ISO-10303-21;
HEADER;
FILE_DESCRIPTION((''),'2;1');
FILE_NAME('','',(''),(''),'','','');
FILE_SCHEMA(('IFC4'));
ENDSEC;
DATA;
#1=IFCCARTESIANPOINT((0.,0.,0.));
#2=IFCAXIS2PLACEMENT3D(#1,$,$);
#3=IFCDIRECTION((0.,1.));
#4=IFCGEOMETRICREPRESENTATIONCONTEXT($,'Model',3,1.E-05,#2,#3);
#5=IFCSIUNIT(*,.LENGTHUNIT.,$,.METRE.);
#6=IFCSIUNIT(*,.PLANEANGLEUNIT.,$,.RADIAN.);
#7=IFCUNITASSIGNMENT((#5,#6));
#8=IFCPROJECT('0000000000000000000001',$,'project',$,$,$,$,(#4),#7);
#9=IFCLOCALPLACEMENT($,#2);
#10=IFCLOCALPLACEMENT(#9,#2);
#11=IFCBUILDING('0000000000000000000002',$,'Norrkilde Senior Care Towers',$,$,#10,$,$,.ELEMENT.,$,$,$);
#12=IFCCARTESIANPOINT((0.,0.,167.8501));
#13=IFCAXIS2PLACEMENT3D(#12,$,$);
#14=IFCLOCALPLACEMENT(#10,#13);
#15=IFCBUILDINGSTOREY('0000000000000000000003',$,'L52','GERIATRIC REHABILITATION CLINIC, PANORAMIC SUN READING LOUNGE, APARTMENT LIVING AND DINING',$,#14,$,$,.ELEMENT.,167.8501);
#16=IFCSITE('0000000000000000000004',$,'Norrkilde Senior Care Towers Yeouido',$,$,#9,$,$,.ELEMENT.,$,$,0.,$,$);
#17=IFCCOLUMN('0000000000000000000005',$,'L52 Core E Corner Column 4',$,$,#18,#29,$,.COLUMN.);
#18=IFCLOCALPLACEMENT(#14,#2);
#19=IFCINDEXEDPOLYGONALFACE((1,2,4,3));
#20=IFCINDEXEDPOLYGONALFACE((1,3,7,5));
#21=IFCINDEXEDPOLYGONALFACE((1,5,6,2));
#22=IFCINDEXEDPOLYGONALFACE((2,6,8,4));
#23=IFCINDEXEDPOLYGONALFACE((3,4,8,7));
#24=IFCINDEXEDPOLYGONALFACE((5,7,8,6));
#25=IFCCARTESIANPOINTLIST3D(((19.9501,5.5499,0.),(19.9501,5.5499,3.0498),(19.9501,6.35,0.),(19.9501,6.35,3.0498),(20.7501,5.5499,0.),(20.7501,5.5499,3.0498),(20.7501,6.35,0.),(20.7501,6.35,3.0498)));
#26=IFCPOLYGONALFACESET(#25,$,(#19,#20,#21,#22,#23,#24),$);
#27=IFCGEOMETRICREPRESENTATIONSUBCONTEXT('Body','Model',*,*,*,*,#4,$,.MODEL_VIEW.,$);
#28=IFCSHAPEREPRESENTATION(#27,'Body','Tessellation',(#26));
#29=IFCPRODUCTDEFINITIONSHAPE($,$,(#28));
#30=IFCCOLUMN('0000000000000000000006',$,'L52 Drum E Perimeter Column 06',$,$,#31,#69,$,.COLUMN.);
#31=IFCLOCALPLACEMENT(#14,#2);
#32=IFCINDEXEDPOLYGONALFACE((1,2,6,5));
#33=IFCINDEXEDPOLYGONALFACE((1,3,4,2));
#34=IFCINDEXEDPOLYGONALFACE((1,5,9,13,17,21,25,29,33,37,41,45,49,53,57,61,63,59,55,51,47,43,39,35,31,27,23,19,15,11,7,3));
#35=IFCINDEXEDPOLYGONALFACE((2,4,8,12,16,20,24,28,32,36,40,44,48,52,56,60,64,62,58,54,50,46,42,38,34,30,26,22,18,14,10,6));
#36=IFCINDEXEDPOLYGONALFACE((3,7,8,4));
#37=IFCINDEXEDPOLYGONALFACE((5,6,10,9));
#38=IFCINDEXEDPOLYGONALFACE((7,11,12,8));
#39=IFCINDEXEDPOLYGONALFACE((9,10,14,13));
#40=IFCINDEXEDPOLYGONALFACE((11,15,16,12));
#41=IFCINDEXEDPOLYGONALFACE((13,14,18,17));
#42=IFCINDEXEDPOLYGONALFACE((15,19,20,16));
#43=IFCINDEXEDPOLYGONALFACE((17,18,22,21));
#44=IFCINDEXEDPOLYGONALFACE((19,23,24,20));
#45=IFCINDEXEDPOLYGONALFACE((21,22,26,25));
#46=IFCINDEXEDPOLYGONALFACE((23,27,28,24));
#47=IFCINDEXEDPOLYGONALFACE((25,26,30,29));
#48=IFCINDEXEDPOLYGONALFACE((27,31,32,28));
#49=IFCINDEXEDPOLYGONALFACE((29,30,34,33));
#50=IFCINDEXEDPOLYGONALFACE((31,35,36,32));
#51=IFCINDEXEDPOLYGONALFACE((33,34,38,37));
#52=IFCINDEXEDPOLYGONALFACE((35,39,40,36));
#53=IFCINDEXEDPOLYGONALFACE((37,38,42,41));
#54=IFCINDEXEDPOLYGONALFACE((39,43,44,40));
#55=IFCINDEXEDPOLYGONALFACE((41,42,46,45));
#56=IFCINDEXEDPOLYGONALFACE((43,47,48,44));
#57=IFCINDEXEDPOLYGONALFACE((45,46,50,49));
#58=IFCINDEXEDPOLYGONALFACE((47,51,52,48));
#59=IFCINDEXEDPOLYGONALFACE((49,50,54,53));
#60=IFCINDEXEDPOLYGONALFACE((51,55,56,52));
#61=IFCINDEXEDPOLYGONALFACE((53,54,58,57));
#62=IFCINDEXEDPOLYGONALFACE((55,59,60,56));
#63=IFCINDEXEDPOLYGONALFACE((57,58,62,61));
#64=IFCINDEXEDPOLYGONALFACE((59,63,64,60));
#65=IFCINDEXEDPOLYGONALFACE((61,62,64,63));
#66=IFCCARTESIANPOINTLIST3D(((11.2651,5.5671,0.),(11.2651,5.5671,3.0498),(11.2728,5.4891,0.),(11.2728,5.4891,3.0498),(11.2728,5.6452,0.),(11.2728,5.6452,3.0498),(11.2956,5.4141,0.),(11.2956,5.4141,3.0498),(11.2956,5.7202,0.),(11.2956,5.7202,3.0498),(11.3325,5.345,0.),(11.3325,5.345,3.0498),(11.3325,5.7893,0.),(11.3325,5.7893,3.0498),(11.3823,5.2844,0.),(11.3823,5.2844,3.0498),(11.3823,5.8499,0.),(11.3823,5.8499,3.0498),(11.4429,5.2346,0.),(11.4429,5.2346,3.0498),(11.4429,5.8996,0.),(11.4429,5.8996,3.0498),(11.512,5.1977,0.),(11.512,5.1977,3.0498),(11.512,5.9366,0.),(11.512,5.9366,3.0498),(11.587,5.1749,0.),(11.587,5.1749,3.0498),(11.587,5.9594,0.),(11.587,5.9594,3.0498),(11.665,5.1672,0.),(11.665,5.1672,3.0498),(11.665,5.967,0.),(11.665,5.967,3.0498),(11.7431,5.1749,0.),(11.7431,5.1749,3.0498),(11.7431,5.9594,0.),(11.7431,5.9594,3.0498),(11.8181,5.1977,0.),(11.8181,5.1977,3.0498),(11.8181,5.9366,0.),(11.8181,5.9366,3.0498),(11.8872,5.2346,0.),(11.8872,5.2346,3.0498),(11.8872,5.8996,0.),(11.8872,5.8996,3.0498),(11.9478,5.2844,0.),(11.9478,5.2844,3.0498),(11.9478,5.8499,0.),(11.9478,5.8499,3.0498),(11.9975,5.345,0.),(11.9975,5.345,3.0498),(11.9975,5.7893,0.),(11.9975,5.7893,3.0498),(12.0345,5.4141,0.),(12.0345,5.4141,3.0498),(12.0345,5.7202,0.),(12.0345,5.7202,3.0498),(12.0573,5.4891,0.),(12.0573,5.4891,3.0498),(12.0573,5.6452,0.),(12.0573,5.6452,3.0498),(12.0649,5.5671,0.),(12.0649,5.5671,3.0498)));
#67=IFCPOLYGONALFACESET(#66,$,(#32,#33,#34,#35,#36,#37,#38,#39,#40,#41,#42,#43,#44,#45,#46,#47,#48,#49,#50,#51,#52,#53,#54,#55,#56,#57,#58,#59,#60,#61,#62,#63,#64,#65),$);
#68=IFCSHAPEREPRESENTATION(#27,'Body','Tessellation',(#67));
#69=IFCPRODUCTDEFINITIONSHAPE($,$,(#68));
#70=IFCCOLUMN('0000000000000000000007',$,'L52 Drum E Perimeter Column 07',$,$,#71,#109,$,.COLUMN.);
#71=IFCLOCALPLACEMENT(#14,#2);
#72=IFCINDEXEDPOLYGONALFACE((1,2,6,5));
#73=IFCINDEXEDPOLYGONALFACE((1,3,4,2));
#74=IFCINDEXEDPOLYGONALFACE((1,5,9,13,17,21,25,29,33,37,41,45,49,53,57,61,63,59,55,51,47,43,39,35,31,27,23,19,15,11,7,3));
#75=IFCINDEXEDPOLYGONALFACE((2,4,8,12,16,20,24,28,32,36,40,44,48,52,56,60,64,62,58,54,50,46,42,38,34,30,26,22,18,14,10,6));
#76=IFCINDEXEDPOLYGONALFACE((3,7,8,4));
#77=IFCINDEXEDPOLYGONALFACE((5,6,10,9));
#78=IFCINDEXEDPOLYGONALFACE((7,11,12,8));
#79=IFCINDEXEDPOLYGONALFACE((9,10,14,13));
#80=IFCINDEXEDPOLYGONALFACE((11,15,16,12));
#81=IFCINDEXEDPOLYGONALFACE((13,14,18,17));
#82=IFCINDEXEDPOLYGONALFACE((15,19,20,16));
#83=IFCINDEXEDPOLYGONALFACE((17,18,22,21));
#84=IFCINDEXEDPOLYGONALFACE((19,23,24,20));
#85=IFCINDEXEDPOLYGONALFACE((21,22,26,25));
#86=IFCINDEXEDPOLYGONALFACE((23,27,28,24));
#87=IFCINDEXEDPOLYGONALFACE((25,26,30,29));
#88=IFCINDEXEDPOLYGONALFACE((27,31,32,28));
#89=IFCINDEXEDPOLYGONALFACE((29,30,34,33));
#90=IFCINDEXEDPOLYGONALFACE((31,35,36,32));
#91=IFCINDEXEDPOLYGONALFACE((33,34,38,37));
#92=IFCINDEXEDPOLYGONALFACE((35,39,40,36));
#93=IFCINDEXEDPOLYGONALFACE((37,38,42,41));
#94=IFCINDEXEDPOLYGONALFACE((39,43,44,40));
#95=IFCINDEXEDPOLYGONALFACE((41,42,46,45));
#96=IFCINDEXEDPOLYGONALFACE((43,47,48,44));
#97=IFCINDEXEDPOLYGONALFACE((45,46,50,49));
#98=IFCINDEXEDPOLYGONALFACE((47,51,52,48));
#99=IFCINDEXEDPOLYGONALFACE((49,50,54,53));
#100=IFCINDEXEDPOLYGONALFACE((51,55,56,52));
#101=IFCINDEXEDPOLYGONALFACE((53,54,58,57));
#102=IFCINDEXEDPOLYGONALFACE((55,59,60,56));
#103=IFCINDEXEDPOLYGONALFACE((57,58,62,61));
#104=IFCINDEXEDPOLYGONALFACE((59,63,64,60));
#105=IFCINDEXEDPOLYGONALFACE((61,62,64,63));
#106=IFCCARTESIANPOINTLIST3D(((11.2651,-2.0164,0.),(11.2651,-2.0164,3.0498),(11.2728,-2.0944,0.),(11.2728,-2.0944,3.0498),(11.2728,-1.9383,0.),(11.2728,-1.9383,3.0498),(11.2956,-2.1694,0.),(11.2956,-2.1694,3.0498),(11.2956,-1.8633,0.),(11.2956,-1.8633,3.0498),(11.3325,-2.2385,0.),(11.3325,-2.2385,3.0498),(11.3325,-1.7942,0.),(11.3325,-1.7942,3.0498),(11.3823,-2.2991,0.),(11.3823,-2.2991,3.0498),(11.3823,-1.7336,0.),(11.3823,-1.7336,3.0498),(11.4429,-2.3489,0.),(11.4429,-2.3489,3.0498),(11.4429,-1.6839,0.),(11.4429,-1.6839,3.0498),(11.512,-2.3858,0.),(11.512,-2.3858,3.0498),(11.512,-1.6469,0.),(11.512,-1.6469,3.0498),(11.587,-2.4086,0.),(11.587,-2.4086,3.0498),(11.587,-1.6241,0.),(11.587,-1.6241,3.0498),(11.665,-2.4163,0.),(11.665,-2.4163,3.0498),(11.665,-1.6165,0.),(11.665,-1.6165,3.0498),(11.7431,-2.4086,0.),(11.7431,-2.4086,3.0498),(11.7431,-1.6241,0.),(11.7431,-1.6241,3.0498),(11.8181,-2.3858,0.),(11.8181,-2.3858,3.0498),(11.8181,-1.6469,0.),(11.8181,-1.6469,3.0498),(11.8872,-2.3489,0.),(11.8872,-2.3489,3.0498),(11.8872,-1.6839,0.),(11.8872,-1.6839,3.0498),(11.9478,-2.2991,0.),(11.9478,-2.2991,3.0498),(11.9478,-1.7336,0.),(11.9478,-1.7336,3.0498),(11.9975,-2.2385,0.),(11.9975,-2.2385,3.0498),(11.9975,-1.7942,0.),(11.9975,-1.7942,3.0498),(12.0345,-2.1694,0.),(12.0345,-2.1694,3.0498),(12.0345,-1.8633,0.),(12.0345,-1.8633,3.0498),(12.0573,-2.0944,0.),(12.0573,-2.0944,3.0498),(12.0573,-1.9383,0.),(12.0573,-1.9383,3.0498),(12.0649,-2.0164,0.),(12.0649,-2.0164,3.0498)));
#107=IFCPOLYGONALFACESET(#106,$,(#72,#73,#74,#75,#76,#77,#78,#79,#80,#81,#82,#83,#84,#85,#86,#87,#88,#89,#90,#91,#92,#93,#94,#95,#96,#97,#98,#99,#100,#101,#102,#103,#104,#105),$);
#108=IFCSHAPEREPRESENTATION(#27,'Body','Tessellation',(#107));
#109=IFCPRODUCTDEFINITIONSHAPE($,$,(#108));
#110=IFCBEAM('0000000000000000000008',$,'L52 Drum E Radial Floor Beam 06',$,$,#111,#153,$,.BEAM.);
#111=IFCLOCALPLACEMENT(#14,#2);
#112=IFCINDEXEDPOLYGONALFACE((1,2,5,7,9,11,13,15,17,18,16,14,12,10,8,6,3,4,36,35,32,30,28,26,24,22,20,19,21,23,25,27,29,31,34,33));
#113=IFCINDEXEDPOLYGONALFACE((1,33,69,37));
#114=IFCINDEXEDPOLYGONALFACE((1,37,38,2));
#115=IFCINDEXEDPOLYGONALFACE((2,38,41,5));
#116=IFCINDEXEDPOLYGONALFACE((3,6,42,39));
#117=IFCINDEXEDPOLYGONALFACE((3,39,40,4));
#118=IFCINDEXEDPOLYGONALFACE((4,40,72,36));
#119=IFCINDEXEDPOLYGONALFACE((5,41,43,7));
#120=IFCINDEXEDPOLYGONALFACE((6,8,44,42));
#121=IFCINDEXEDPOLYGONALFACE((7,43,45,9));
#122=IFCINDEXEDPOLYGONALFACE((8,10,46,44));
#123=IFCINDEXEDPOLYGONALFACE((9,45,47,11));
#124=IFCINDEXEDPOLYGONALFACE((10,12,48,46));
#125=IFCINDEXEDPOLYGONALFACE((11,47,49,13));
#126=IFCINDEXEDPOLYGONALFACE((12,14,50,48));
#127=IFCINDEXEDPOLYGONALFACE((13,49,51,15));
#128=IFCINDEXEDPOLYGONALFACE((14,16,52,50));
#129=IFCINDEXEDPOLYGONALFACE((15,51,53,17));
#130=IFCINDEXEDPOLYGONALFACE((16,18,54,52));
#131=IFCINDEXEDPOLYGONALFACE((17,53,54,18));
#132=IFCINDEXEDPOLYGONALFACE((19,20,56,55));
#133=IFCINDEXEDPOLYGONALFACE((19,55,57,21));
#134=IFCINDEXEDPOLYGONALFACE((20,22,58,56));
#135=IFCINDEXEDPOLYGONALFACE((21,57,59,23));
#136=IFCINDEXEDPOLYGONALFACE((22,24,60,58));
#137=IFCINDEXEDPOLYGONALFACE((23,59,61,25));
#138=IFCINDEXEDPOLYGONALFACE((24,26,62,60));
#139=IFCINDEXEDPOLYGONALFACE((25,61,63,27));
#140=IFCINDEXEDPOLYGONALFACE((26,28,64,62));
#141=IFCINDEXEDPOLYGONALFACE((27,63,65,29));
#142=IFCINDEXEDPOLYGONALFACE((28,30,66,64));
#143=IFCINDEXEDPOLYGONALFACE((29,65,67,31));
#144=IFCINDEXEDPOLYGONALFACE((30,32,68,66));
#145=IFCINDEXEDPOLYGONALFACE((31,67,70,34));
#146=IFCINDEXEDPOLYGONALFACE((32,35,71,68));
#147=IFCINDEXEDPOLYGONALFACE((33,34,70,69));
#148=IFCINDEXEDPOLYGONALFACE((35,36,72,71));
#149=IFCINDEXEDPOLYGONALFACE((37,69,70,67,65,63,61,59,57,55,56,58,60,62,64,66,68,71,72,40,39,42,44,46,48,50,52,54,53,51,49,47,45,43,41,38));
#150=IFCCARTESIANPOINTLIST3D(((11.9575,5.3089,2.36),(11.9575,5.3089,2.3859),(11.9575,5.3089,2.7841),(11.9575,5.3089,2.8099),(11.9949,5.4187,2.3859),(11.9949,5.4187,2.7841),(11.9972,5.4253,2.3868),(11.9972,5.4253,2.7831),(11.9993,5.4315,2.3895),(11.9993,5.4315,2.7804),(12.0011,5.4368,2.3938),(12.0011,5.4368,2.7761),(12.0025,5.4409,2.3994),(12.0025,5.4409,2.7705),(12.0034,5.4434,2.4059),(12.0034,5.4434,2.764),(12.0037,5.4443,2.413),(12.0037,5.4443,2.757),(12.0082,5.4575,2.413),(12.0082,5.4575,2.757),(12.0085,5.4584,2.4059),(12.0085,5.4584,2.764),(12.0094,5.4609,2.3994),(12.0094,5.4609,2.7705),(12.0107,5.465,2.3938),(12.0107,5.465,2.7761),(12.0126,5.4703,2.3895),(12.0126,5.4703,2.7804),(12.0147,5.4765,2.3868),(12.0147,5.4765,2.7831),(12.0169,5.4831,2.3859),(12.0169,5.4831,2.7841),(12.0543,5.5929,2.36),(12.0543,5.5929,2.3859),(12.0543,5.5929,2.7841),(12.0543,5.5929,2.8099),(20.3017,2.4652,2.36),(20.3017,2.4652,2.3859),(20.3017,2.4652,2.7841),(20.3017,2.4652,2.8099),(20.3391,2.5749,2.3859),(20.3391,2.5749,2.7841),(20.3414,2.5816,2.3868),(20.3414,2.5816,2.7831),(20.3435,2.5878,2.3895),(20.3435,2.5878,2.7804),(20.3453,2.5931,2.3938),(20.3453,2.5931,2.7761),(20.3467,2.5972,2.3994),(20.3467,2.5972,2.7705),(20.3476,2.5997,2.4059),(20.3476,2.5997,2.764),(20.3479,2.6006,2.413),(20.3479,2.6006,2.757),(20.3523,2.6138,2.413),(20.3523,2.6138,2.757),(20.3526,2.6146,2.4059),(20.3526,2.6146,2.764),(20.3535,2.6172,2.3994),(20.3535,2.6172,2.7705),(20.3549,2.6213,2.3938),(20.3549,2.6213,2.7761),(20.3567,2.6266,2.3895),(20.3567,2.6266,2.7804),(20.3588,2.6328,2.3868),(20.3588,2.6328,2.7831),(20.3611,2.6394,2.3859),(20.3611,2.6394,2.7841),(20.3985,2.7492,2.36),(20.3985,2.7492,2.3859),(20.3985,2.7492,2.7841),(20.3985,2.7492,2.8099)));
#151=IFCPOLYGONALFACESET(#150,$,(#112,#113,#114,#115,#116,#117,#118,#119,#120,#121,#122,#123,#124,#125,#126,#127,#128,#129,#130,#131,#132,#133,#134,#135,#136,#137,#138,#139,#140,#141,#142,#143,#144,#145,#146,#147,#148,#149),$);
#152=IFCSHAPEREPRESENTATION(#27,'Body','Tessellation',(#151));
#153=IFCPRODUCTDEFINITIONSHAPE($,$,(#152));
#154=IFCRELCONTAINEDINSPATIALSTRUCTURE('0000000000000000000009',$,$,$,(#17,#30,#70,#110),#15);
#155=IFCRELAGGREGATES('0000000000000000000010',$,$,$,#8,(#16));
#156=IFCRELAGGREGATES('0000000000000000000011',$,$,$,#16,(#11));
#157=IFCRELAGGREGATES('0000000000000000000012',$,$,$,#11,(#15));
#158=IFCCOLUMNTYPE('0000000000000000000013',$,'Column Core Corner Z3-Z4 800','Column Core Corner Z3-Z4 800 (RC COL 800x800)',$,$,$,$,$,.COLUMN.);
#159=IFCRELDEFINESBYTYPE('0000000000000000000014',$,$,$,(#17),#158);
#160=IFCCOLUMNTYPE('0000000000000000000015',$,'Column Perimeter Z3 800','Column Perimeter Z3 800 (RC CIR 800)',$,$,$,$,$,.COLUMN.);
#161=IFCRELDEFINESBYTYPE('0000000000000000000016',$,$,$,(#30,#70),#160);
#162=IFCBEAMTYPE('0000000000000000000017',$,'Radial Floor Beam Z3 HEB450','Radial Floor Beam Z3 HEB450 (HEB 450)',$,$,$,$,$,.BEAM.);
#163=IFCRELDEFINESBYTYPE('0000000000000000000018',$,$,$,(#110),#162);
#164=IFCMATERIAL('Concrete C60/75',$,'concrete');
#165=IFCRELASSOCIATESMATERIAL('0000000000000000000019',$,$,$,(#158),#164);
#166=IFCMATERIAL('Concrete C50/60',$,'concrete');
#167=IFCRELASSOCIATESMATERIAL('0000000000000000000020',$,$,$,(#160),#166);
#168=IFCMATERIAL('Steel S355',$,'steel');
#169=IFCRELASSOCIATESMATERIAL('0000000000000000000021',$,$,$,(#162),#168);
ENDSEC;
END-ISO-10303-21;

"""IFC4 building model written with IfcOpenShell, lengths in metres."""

from ifc_helpers import new_model, si_unit, direction, frame, origin, origin_2d, place, context, subcontext, project, spatial, rectangle, circle, i_section, extrude, source, transform, mapped, material, material_profile, profile_set, type_object, type_shapes, element, save


model = new_model("IFC4")

# Units and contexts
model_context = context("Model", 3, precision=1e-05, world=origin(), true_north=direction((0.0, 1.0)))
body_context = subcontext(model_context, "Body", "Model", "MODEL_VIEW")
ifc_project = project(units=[si_unit("LENGTHUNIT", "METRE"), si_unit("PLANEANGLEUNIT", "RADIAN")], contexts=[model_context])

# Site, building, storey
site_placement = place(None, origin())
site = spatial("IfcSite", under=ifc_project, at=site_placement, Name="Norrkilde Senior Care Towers Yeouido", CompositionType="ELEMENT", RefElevation=0.0)
building_placement = place(site_placement, origin())
building = spatial("IfcBuilding", under=site, at=building_placement, Name="Norrkilde Senior Care Towers", CompositionType="ELEMENT")
storey_placement = place(building_placement, frame((0.0, 0.0, 167.8501)))
storey = spatial("IfcBuildingStorey", under=building, at=storey_placement, Name="L52", Description="GERIATRIC REHABILITATION CLINIC, PANORAMIC SUN READING LOUNGE, APARTMENT LIVING AND DINING", CompositionType="ELEMENT", Elevation=167.8501)

# Columns
ifc_material_1 = material(Name="Concrete C60/75", Category="concrete")
ifc_material_profile_1 = material_profile(ifc_material_1, rectangle(XDim=0.8, YDim=0.8, at=origin_2d()), Name="RC COL 800x800")
ifc_profile_set_1 = profile_set([ifc_material_profile_1], Name="Concrete C60/75")
column_type_1 = type_object("IfcColumnType", Name="Column Core Corner Z3-Z4 800", Description="Column Core Corner Z3-Z4 800 (RC COL 800x800)", PredefinedType="COLUMN", material=ifc_profile_set_1)
shared_shape_1 = source(origin(), body_context, "Body", "SweptSolid", [
    extrude(rectangle(XDim=0.8, YDim=0.8, at=origin_2d()), origin(), (0.0, 0.0, 1.0), 3.0498),
])
type_shapes(column_type_1, [shared_shape_1])
column_placement = place(storey_placement, frame((20.3501, 5.95, 0.0), z_axis=(0.0, 0.0, 1.0), x_axis=(1.0, 0.0, 0.0)))
element("IfcColumn", 1, at=column_placement, inside=storey, type_object=column_type_1, Name="L52 Core E Corner Column 4", PredefinedType="COLUMN", context=body_context, shape_type="MappedRepresentation", body=[
    mapped(shared_shape_1, transform((0.0, 0.0, 0.0), x_axis=(1.0, 0.0, 0.0), y_axis=(0.0, 1.0, 0.0), z_axis=(0.0, 0.0, 1.0), scale=1.0)),
])
ifc_material_2 = material(Name="Concrete C50/60", Category="concrete")
ifc_material_profile_2 = material_profile(ifc_material_2, circle(Radius=0.3999, at=origin_2d()), Name="RC CIR 800")
ifc_profile_set_2 = profile_set([ifc_material_profile_2], Name="Concrete C50/60")
column_type_2 = type_object("IfcColumnType", Name="Column Perimeter Z3 800", Description="Column Perimeter Z3 800 (RC CIR 800)", PredefinedType="COLUMN", material=ifc_profile_set_2)
shared_shape_2 = source(origin(), body_context, "Body", "SweptSolid", [
    extrude(circle(Radius=0.3999, at=origin_2d()), origin(), (0.0, 0.0, 1.0), 3.0498),
])
type_shapes(column_type_2, [shared_shape_2])
for number, where, z_axis, x_axis, name in (
    (2, (11.665, 5.5671, 0.0), (0.0, 0.0, 1.0), (1.0, 0.0, 0.0), "L52 Drum E Perimeter Column 06"),
    (3, (11.665, -2.0164, 0.0), (0.0, 0.0, 1.0), (1.0, 0.0, 0.0), "L52 Drum E Perimeter Column 07"),
):
    element("IfcColumn", number, at=place(storey_placement, frame(where, z_axis=z_axis, x_axis=x_axis)), inside=storey, type_object=column_type_2, Name=name, PredefinedType="COLUMN", context=body_context, shape_type="MappedRepresentation", body=[
        mapped(shared_shape_2, transform((0.0, 0.0, 0.0), x_axis=(1.0, 0.0, 0.0), y_axis=(0.0, 1.0, 0.0), z_axis=(0.0, 0.0, 1.0), scale=1.0)),
    ])

# Beam
ifc_material_3 = material(Name="Steel S355", Category="steel")
ifc_material_profile_3 = material_profile(ifc_material_3, i_section(OverallWidth=0.3, OverallDepth=0.45, WebThickness=0.0139, FlangeThickness=0.0259, FilletRadius=0.0271, at=origin_2d()), Name="HEB 450")
ifc_profile_set_3 = profile_set([ifc_material_profile_3], Name="Steel S355")
beam_type_1 = type_object("IfcBeamType", Name="Radial Floor Beam Z3 HEB450", Description="Radial Floor Beam Z3 HEB450 (HEB 450)", PredefinedType="BEAM", material=ifc_profile_set_3)
shared_shape_3 = source(origin(), body_context, "Body", "SweptSolid", [
    extrude(i_section(OverallWidth=0.3, OverallDepth=0.45, WebThickness=0.0139, FlangeThickness=0.0259, FilletRadius=0.0271, at=origin_2d()), origin(), (0.0, 0.0, 1.0), 8.8154),
])
beam_1_placement = place(storey_placement, frame((20.3501, 2.6072, 2.585), z_axis=(-0.946541, 0.322585, 0.0), x_axis=(-0.322585, -0.946541, 0.0)))
element("IfcBeam", 4, at=beam_1_placement, inside=storey, type_object=beam_type_1, Name="L52 Drum E Radial Floor Beam 06", PredefinedType="BEAM", context=body_context, shape_type="MappedRepresentation", body=[
    mapped(shared_shape_3, transform((0.0, 0.0, 0.0), x_axis=(1.0, 0.0, 0.0), y_axis=(0.0, 1.0, 0.0), z_axis=(0.0, 0.0, 1.0), scale=1.0)),
])

save(model, "model.ifc")
